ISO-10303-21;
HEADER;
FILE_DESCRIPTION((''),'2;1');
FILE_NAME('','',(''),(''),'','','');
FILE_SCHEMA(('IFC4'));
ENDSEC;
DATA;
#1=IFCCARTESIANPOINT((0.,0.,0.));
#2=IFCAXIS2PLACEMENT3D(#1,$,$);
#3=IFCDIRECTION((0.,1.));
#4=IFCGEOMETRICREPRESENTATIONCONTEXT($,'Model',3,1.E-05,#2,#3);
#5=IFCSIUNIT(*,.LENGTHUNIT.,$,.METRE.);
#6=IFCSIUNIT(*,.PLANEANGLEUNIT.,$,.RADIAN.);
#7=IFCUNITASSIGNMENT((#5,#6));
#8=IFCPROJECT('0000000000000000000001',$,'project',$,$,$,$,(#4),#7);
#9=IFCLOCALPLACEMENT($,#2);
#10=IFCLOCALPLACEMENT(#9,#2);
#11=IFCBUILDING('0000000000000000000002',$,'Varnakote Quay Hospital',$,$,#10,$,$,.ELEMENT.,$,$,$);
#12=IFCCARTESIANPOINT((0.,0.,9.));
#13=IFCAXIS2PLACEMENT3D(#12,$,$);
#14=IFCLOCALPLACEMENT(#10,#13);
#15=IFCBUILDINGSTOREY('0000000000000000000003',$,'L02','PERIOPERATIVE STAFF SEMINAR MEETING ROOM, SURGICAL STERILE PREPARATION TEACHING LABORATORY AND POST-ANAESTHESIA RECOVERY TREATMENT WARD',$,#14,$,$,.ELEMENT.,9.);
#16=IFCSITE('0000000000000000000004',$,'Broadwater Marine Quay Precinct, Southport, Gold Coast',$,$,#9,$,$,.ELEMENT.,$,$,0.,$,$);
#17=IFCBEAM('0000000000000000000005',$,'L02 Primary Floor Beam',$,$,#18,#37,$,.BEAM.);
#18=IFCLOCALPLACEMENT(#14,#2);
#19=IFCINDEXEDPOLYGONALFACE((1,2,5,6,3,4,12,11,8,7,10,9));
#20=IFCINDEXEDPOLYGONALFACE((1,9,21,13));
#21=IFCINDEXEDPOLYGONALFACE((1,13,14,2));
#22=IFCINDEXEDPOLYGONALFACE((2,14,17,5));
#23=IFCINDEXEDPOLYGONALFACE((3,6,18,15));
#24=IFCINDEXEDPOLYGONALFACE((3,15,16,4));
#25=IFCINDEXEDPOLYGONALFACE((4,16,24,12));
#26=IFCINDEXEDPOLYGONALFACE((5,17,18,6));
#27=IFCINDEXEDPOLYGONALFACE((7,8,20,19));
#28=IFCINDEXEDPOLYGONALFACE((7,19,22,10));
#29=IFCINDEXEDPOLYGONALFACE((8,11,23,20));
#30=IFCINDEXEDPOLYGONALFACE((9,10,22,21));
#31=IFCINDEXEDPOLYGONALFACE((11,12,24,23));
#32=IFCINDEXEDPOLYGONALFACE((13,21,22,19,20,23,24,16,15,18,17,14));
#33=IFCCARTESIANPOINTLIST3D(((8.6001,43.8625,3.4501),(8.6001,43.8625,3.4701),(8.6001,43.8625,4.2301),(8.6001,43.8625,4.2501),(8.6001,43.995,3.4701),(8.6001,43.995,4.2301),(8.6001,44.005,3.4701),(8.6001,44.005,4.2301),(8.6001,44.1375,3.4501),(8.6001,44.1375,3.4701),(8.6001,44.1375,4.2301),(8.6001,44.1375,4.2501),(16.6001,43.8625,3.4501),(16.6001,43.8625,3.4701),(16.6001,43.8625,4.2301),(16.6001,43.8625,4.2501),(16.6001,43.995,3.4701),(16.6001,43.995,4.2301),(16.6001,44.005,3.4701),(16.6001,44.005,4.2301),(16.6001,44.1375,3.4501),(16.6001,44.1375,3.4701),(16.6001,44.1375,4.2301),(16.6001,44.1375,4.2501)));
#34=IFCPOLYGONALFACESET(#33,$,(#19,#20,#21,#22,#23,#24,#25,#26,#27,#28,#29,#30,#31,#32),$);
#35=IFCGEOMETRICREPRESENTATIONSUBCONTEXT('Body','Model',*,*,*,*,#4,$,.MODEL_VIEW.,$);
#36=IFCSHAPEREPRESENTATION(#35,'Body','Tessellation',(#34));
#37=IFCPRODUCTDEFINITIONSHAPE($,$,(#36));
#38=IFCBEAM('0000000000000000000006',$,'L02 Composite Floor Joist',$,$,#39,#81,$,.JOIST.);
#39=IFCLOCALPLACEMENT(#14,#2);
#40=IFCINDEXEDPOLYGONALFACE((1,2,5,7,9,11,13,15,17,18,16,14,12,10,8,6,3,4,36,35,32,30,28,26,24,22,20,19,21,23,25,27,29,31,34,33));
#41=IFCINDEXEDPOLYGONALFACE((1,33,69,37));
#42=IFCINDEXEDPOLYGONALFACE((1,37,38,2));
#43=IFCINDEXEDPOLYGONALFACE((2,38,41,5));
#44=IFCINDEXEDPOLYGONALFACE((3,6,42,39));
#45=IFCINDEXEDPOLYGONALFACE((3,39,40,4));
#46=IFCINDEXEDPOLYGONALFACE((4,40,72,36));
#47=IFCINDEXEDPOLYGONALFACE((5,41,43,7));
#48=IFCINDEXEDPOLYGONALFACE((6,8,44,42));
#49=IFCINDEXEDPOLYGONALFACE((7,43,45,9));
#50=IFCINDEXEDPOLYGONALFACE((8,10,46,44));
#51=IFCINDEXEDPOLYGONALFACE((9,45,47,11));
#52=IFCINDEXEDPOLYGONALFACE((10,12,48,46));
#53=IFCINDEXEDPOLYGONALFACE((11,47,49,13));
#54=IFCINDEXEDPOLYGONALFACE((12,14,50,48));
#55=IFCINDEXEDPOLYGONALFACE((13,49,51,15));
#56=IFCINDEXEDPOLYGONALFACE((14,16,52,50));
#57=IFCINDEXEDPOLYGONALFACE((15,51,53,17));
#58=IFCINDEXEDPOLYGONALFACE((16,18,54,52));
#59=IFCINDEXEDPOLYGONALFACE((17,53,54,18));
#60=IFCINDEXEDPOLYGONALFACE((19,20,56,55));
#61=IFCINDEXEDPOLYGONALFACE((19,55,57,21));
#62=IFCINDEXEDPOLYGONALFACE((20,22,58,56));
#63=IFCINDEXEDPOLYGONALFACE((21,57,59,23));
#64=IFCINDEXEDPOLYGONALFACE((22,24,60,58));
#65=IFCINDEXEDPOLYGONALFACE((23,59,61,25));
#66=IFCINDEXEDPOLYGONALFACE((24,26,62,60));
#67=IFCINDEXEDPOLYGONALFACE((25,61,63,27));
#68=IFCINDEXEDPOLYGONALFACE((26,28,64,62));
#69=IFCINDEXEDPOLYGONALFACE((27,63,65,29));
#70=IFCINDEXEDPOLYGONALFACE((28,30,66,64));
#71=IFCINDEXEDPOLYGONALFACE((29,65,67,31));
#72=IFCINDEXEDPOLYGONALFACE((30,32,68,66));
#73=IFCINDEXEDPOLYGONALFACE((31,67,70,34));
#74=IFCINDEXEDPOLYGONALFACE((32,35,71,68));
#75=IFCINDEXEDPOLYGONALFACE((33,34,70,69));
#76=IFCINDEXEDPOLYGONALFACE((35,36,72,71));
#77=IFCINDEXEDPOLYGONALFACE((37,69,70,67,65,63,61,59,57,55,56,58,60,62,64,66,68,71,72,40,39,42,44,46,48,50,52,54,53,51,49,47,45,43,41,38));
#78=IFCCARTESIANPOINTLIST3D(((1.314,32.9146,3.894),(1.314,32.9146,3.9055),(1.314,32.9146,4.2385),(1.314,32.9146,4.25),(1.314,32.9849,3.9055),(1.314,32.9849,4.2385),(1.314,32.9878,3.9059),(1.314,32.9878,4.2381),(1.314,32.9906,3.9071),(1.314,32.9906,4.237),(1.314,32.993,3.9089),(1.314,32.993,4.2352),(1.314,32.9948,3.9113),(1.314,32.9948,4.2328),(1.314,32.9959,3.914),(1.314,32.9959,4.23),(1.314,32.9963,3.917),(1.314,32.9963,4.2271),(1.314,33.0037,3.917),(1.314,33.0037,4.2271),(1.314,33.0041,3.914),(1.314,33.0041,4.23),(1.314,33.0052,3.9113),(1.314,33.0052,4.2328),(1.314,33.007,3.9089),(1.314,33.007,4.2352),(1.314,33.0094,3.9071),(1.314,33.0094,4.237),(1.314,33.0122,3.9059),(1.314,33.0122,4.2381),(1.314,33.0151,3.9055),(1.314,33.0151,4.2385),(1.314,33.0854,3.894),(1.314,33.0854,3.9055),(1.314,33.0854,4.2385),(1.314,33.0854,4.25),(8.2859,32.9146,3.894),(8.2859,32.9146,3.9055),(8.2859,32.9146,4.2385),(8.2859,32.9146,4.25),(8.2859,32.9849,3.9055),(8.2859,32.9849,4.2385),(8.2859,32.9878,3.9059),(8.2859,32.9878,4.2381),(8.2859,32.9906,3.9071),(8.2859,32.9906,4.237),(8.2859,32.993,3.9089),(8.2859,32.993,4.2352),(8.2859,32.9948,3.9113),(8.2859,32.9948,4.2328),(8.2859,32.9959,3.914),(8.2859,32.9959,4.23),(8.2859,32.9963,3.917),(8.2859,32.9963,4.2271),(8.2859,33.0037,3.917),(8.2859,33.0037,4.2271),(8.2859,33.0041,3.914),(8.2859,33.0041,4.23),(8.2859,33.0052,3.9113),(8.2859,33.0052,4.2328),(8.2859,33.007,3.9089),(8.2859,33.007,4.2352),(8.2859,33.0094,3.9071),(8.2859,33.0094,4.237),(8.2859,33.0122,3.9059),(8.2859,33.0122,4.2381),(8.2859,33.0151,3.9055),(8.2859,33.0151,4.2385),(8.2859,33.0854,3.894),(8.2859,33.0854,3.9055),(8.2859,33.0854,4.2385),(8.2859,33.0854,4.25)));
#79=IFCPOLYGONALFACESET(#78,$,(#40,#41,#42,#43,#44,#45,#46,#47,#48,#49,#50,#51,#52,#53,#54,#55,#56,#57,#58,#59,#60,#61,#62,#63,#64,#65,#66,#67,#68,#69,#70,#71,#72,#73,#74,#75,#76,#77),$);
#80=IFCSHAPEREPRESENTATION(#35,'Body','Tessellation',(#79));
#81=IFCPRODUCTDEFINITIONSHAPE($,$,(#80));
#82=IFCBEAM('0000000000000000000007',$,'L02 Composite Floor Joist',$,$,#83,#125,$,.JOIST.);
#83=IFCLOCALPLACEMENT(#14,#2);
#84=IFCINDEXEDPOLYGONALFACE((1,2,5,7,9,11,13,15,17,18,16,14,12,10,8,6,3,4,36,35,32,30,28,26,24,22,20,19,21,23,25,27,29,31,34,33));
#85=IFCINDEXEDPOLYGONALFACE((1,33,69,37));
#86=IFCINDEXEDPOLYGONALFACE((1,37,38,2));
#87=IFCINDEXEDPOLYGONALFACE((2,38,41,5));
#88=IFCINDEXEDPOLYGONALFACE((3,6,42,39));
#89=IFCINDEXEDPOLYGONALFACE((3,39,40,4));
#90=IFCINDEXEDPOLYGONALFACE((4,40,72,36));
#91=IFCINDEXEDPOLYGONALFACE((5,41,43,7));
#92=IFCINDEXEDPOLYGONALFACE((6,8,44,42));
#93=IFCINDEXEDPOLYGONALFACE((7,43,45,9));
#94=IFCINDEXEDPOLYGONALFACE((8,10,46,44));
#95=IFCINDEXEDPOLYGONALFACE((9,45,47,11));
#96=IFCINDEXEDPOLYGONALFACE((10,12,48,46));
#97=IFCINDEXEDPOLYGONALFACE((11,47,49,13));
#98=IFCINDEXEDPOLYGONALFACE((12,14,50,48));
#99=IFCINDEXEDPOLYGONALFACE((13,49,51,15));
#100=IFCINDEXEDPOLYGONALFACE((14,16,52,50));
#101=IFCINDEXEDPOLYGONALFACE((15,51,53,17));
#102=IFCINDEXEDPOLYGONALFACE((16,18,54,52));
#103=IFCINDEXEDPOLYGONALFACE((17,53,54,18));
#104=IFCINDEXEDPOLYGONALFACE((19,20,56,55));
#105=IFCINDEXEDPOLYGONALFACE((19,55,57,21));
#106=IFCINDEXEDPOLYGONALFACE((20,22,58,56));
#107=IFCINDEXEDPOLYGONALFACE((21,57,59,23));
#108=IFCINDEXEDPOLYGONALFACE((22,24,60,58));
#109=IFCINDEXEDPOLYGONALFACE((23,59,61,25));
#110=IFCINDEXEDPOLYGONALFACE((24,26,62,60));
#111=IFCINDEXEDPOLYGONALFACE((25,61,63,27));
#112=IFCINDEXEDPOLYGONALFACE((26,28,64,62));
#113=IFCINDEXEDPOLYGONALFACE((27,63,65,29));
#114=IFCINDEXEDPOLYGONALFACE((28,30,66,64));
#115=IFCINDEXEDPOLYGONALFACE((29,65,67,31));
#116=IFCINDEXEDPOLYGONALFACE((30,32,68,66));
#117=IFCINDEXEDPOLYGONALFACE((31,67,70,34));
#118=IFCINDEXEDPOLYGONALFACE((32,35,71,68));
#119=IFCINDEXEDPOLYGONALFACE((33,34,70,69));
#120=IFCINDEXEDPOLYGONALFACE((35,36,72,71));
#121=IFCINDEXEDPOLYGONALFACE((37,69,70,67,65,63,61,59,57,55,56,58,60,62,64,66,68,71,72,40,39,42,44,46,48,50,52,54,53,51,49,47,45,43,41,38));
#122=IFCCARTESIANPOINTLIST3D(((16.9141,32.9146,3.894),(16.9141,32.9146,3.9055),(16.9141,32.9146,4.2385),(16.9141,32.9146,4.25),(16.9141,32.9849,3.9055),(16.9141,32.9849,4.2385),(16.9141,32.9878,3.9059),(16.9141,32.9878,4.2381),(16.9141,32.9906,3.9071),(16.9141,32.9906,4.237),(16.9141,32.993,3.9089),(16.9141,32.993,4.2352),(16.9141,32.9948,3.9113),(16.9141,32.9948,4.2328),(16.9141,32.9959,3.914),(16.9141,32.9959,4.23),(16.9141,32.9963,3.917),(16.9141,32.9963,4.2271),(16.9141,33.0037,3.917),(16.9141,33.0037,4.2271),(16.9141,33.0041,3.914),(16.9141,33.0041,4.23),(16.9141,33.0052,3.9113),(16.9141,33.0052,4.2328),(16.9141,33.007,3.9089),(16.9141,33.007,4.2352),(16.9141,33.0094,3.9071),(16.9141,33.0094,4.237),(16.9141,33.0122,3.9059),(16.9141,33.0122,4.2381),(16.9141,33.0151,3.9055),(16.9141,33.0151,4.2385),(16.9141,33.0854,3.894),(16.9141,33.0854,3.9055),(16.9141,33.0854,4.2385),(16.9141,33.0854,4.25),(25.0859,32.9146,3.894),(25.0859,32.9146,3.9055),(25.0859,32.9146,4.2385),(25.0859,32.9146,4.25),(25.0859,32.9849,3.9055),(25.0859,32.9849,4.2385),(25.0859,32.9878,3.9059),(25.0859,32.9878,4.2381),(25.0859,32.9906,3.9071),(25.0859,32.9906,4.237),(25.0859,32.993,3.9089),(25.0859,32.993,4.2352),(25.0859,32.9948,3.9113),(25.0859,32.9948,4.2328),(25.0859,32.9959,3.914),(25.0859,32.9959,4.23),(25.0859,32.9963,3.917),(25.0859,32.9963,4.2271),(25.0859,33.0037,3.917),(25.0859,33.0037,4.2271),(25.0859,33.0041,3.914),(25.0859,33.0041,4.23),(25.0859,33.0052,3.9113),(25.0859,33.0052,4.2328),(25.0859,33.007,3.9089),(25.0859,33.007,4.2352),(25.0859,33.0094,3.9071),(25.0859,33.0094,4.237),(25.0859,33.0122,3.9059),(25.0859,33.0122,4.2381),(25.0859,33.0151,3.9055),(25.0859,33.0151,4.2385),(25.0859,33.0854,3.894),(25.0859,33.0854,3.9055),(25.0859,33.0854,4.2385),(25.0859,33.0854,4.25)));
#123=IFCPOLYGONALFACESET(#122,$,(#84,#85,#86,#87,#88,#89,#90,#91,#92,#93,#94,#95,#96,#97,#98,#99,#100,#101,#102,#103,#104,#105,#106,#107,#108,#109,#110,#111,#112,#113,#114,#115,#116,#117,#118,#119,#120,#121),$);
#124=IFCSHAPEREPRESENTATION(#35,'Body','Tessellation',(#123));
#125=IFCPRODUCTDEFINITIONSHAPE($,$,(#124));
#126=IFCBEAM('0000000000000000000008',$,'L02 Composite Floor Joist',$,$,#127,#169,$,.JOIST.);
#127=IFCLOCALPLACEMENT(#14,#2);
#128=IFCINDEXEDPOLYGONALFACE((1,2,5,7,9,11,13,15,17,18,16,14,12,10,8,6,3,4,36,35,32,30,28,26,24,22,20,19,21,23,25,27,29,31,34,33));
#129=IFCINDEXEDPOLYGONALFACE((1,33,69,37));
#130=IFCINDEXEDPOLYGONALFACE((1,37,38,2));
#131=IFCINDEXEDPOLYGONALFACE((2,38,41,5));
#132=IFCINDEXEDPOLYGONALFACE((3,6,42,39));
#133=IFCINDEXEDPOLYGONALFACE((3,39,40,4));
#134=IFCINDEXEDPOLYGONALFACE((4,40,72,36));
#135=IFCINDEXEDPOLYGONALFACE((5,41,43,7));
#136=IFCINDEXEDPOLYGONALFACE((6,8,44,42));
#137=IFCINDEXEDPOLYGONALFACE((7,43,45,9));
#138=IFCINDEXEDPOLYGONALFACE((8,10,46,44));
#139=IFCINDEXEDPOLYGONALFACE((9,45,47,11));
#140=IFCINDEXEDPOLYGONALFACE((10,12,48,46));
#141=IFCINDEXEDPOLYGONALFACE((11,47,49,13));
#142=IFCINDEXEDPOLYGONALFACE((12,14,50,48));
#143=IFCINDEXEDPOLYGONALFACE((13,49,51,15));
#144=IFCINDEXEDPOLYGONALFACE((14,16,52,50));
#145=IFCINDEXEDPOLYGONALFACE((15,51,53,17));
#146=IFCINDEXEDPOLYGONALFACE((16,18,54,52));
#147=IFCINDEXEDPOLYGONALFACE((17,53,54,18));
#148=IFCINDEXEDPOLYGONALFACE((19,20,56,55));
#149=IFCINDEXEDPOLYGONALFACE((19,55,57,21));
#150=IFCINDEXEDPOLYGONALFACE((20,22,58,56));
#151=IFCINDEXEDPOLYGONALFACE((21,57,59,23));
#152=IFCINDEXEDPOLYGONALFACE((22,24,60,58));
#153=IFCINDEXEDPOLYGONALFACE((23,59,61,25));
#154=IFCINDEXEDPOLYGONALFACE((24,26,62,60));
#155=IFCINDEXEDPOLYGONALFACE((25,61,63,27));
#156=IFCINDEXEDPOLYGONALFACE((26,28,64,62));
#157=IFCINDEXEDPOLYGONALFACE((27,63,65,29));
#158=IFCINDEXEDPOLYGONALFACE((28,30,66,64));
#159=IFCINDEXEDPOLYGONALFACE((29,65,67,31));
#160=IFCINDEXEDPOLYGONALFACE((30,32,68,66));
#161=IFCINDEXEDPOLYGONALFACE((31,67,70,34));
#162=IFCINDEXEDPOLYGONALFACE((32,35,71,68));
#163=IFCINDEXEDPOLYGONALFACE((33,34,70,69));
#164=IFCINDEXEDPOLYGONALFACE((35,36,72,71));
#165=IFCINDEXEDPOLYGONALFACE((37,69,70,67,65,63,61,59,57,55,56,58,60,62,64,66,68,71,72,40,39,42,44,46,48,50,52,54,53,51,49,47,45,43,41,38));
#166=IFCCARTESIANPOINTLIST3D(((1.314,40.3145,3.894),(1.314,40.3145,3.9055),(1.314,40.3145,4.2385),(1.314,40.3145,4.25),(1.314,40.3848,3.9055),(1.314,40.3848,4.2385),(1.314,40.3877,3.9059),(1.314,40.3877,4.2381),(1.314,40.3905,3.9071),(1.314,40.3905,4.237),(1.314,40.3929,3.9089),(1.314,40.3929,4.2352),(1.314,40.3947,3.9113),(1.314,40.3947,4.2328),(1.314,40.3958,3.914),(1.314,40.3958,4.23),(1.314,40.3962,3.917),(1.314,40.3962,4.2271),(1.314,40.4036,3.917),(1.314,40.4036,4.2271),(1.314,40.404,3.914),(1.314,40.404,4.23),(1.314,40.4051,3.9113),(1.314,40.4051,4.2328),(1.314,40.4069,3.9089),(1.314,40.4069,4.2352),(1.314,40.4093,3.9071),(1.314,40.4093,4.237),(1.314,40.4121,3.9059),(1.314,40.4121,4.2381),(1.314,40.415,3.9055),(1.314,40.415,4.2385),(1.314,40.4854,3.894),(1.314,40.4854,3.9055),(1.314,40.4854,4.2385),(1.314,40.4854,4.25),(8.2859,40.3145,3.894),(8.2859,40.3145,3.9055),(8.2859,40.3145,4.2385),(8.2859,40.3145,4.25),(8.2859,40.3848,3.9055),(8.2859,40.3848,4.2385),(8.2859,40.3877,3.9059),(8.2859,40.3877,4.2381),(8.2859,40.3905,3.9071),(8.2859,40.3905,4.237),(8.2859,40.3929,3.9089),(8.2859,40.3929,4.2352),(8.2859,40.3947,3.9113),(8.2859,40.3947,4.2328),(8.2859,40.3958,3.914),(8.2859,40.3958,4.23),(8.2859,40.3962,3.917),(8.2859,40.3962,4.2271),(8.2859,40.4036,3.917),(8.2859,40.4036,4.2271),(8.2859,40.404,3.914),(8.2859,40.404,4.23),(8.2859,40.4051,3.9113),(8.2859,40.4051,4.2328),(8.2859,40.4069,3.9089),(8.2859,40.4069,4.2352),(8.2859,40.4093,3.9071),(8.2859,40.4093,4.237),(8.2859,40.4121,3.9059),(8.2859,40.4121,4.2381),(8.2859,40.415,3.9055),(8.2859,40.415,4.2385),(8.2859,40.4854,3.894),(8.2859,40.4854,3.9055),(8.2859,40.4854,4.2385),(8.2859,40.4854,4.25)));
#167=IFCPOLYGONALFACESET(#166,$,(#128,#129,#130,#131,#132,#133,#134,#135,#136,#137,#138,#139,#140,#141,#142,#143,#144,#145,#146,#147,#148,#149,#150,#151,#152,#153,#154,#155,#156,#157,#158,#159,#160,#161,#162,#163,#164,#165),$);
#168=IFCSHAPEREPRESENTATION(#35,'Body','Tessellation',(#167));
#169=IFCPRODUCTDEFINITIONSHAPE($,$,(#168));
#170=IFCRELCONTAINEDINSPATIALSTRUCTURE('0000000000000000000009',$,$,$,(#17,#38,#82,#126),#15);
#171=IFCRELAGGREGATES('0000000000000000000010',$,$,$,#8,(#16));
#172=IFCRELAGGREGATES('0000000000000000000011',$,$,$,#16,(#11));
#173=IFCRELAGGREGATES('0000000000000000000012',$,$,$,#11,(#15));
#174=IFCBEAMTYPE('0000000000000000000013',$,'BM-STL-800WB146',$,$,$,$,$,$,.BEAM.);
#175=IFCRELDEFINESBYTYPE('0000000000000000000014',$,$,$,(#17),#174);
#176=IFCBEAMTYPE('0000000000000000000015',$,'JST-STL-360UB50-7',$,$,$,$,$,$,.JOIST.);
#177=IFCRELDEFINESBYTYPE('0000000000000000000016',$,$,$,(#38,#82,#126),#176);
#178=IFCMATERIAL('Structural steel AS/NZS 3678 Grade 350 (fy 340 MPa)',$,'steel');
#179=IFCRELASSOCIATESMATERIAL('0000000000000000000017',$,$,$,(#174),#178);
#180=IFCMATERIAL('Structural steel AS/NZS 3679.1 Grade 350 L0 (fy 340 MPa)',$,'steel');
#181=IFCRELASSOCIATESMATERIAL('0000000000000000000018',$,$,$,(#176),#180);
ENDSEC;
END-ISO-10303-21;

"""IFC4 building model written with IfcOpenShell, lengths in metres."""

from ifc_helpers import new_model, si_unit, direction, frame, origin, origin_2d, place, context, subcontext, project, spatial, i_section, extrude, material, material_profile, profile_set, type_object, element, save


model = new_model("IFC4")

# Units and contexts
model_context = context("Model", 3, precision=1e-05, world=origin(), true_north=direction((0.0, 1.0)))
body_context = subcontext(model_context, "Body", "Model", "MODEL_VIEW")
ifc_project = project(units=[si_unit("LENGTHUNIT", "METRE"), si_unit("PLANEANGLEUNIT", "RADIAN")], contexts=[model_context])

# Site, building, storey
site_placement = place(None, origin())
site = spatial("IfcSite", under=ifc_project, at=site_placement, Name="Broadwater Marine Quay Precinct, Southport, Gold Coast", CompositionType="ELEMENT", RefElevation=0.0)
building_placement = place(site_placement, origin())
building = spatial("IfcBuilding", under=site, at=building_placement, Name="Varnakote Quay Hospital", CompositionType="ELEMENT")
storey_placement = place(building_placement, frame((0.0, 0.0, 9.0)))
storey = spatial("IfcBuildingStorey", under=building, at=storey_placement, Name="L02", Description="PERIOPERATIVE STAFF SEMINAR MEETING ROOM, SURGICAL STERILE PREPARATION TEACHING LABORATORY AND POST-ANAESTHESIA RECOVERY TREATMENT WARD", CompositionType="ELEMENT", Elevation=9.0)

# Beams
ifc_material_1 = material(Name="Structural steel AS/NZS 3678 Grade 350 (fy 340 MPa)", Category="steel")
ifc_material_profile_1 = material_profile(ifc_material_1, i_section(OverallWidth=0.2749, OverallDepth=0.8, WebThickness=0.01, FlangeThickness=0.02, at=origin_2d()), Name="800WB146")
ifc_profile_set_1 = profile_set([ifc_material_profile_1], Name="Structural steel AS/NZS 3678 Grade 350 (fy 340 MPa)")
beam_type_1 = type_object("IfcBeamType", Name="BM-STL-800WB146", PredefinedType="BEAM", material=ifc_profile_set_1)
beam_1_placement = place(storey_placement, frame((8.6001, 44.0, 3.8501), z_axis=(1.0, 0.0, 0.0), x_axis=(0.0, 1.0, 0.0)))
element("IfcBeam", 1, at=beam_1_placement, inside=storey, type_object=beam_type_1, Name="L02 Primary Floor Beam", PredefinedType="BEAM", context=body_context, shape_type="SweptSolid", body=[
    extrude(i_section(OverallWidth=0.2749, OverallDepth=0.8, WebThickness=0.01, FlangeThickness=0.02, at=origin_2d()), origin(), (0.0, 0.0, 1.0), 8.0),
])
ifc_material_2 = material(Name="Structural steel AS/NZS 3679.1 Grade 350 L0 (fy 340 MPa)", Category="steel")
ifc_material_profile_2 = material_profile(ifc_material_2, i_section(OverallWidth=0.1709, OverallDepth=0.356, WebThickness=0.0073, FlangeThickness=0.0115, FilletRadius=0.0115, at=origin_2d()), Name="360UB50.7")
ifc_profile_set_2 = profile_set([ifc_material_profile_2], Name="Structural steel AS/NZS 3679.1 Grade 350 L0 (fy 340 MPa)")
beam_type_2 = type_object("IfcBeamType", Name="JST-STL-360UB50-7", PredefinedType="JOIST", material=ifc_profile_set_2)
beam_2_placement = place(storey_placement, frame((1.314, 33.0, 4.072), z_axis=(1.0, 0.0, 0.0), x_axis=(0.0, 1.0, 0.0)))
element("IfcBeam", 2, at=beam_2_placement, inside=storey, type_object=beam_type_2, Name="L02 Composite Floor Joist", PredefinedType="JOIST", context=body_context, shape_type="SweptSolid", body=[
    extrude(i_section(OverallWidth=0.1709, OverallDepth=0.356, WebThickness=0.0073, FlangeThickness=0.0115, FilletRadius=0.0115, at=origin_2d()), origin(), (0.0, 0.0, 1.0), 6.9719),
])
beam_3_placement = place(storey_placement, frame((16.9141, 33.0, 4.072), z_axis=(1.0, 0.0, 0.0), x_axis=(0.0, 1.0, 0.0)))
element("IfcBeam", 3, at=beam_3_placement, inside=storey, type_object=beam_type_2, Name="L02 Composite Floor Joist", PredefinedType="JOIST", context=body_context, shape_type="SweptSolid", body=[
    extrude(i_section(OverallWidth=0.1709, OverallDepth=0.356, WebThickness=0.0073, FlangeThickness=0.0115, FilletRadius=0.0115, at=origin_2d()), origin(), (0.0, 0.0, 1.0), 8.1719),
])
beam_4_placement = place(storey_placement, frame((1.314, 40.3999, 4.072), z_axis=(1.0, 0.0, 0.0), x_axis=(0.0, 1.0, 0.0)))
element("IfcBeam", 4, at=beam_4_placement, inside=storey, type_object=beam_type_2, Name="L02 Composite Floor Joist", PredefinedType="JOIST", context=body_context, shape_type="SweptSolid", body=[
    extrude(i_section(OverallWidth=0.1709, OverallDepth=0.356, WebThickness=0.0073, FlangeThickness=0.0115, FilletRadius=0.0115, at=origin_2d()), origin(), (0.0, 0.0, 1.0), 6.9719),
])

save(model, "model.ifc")
